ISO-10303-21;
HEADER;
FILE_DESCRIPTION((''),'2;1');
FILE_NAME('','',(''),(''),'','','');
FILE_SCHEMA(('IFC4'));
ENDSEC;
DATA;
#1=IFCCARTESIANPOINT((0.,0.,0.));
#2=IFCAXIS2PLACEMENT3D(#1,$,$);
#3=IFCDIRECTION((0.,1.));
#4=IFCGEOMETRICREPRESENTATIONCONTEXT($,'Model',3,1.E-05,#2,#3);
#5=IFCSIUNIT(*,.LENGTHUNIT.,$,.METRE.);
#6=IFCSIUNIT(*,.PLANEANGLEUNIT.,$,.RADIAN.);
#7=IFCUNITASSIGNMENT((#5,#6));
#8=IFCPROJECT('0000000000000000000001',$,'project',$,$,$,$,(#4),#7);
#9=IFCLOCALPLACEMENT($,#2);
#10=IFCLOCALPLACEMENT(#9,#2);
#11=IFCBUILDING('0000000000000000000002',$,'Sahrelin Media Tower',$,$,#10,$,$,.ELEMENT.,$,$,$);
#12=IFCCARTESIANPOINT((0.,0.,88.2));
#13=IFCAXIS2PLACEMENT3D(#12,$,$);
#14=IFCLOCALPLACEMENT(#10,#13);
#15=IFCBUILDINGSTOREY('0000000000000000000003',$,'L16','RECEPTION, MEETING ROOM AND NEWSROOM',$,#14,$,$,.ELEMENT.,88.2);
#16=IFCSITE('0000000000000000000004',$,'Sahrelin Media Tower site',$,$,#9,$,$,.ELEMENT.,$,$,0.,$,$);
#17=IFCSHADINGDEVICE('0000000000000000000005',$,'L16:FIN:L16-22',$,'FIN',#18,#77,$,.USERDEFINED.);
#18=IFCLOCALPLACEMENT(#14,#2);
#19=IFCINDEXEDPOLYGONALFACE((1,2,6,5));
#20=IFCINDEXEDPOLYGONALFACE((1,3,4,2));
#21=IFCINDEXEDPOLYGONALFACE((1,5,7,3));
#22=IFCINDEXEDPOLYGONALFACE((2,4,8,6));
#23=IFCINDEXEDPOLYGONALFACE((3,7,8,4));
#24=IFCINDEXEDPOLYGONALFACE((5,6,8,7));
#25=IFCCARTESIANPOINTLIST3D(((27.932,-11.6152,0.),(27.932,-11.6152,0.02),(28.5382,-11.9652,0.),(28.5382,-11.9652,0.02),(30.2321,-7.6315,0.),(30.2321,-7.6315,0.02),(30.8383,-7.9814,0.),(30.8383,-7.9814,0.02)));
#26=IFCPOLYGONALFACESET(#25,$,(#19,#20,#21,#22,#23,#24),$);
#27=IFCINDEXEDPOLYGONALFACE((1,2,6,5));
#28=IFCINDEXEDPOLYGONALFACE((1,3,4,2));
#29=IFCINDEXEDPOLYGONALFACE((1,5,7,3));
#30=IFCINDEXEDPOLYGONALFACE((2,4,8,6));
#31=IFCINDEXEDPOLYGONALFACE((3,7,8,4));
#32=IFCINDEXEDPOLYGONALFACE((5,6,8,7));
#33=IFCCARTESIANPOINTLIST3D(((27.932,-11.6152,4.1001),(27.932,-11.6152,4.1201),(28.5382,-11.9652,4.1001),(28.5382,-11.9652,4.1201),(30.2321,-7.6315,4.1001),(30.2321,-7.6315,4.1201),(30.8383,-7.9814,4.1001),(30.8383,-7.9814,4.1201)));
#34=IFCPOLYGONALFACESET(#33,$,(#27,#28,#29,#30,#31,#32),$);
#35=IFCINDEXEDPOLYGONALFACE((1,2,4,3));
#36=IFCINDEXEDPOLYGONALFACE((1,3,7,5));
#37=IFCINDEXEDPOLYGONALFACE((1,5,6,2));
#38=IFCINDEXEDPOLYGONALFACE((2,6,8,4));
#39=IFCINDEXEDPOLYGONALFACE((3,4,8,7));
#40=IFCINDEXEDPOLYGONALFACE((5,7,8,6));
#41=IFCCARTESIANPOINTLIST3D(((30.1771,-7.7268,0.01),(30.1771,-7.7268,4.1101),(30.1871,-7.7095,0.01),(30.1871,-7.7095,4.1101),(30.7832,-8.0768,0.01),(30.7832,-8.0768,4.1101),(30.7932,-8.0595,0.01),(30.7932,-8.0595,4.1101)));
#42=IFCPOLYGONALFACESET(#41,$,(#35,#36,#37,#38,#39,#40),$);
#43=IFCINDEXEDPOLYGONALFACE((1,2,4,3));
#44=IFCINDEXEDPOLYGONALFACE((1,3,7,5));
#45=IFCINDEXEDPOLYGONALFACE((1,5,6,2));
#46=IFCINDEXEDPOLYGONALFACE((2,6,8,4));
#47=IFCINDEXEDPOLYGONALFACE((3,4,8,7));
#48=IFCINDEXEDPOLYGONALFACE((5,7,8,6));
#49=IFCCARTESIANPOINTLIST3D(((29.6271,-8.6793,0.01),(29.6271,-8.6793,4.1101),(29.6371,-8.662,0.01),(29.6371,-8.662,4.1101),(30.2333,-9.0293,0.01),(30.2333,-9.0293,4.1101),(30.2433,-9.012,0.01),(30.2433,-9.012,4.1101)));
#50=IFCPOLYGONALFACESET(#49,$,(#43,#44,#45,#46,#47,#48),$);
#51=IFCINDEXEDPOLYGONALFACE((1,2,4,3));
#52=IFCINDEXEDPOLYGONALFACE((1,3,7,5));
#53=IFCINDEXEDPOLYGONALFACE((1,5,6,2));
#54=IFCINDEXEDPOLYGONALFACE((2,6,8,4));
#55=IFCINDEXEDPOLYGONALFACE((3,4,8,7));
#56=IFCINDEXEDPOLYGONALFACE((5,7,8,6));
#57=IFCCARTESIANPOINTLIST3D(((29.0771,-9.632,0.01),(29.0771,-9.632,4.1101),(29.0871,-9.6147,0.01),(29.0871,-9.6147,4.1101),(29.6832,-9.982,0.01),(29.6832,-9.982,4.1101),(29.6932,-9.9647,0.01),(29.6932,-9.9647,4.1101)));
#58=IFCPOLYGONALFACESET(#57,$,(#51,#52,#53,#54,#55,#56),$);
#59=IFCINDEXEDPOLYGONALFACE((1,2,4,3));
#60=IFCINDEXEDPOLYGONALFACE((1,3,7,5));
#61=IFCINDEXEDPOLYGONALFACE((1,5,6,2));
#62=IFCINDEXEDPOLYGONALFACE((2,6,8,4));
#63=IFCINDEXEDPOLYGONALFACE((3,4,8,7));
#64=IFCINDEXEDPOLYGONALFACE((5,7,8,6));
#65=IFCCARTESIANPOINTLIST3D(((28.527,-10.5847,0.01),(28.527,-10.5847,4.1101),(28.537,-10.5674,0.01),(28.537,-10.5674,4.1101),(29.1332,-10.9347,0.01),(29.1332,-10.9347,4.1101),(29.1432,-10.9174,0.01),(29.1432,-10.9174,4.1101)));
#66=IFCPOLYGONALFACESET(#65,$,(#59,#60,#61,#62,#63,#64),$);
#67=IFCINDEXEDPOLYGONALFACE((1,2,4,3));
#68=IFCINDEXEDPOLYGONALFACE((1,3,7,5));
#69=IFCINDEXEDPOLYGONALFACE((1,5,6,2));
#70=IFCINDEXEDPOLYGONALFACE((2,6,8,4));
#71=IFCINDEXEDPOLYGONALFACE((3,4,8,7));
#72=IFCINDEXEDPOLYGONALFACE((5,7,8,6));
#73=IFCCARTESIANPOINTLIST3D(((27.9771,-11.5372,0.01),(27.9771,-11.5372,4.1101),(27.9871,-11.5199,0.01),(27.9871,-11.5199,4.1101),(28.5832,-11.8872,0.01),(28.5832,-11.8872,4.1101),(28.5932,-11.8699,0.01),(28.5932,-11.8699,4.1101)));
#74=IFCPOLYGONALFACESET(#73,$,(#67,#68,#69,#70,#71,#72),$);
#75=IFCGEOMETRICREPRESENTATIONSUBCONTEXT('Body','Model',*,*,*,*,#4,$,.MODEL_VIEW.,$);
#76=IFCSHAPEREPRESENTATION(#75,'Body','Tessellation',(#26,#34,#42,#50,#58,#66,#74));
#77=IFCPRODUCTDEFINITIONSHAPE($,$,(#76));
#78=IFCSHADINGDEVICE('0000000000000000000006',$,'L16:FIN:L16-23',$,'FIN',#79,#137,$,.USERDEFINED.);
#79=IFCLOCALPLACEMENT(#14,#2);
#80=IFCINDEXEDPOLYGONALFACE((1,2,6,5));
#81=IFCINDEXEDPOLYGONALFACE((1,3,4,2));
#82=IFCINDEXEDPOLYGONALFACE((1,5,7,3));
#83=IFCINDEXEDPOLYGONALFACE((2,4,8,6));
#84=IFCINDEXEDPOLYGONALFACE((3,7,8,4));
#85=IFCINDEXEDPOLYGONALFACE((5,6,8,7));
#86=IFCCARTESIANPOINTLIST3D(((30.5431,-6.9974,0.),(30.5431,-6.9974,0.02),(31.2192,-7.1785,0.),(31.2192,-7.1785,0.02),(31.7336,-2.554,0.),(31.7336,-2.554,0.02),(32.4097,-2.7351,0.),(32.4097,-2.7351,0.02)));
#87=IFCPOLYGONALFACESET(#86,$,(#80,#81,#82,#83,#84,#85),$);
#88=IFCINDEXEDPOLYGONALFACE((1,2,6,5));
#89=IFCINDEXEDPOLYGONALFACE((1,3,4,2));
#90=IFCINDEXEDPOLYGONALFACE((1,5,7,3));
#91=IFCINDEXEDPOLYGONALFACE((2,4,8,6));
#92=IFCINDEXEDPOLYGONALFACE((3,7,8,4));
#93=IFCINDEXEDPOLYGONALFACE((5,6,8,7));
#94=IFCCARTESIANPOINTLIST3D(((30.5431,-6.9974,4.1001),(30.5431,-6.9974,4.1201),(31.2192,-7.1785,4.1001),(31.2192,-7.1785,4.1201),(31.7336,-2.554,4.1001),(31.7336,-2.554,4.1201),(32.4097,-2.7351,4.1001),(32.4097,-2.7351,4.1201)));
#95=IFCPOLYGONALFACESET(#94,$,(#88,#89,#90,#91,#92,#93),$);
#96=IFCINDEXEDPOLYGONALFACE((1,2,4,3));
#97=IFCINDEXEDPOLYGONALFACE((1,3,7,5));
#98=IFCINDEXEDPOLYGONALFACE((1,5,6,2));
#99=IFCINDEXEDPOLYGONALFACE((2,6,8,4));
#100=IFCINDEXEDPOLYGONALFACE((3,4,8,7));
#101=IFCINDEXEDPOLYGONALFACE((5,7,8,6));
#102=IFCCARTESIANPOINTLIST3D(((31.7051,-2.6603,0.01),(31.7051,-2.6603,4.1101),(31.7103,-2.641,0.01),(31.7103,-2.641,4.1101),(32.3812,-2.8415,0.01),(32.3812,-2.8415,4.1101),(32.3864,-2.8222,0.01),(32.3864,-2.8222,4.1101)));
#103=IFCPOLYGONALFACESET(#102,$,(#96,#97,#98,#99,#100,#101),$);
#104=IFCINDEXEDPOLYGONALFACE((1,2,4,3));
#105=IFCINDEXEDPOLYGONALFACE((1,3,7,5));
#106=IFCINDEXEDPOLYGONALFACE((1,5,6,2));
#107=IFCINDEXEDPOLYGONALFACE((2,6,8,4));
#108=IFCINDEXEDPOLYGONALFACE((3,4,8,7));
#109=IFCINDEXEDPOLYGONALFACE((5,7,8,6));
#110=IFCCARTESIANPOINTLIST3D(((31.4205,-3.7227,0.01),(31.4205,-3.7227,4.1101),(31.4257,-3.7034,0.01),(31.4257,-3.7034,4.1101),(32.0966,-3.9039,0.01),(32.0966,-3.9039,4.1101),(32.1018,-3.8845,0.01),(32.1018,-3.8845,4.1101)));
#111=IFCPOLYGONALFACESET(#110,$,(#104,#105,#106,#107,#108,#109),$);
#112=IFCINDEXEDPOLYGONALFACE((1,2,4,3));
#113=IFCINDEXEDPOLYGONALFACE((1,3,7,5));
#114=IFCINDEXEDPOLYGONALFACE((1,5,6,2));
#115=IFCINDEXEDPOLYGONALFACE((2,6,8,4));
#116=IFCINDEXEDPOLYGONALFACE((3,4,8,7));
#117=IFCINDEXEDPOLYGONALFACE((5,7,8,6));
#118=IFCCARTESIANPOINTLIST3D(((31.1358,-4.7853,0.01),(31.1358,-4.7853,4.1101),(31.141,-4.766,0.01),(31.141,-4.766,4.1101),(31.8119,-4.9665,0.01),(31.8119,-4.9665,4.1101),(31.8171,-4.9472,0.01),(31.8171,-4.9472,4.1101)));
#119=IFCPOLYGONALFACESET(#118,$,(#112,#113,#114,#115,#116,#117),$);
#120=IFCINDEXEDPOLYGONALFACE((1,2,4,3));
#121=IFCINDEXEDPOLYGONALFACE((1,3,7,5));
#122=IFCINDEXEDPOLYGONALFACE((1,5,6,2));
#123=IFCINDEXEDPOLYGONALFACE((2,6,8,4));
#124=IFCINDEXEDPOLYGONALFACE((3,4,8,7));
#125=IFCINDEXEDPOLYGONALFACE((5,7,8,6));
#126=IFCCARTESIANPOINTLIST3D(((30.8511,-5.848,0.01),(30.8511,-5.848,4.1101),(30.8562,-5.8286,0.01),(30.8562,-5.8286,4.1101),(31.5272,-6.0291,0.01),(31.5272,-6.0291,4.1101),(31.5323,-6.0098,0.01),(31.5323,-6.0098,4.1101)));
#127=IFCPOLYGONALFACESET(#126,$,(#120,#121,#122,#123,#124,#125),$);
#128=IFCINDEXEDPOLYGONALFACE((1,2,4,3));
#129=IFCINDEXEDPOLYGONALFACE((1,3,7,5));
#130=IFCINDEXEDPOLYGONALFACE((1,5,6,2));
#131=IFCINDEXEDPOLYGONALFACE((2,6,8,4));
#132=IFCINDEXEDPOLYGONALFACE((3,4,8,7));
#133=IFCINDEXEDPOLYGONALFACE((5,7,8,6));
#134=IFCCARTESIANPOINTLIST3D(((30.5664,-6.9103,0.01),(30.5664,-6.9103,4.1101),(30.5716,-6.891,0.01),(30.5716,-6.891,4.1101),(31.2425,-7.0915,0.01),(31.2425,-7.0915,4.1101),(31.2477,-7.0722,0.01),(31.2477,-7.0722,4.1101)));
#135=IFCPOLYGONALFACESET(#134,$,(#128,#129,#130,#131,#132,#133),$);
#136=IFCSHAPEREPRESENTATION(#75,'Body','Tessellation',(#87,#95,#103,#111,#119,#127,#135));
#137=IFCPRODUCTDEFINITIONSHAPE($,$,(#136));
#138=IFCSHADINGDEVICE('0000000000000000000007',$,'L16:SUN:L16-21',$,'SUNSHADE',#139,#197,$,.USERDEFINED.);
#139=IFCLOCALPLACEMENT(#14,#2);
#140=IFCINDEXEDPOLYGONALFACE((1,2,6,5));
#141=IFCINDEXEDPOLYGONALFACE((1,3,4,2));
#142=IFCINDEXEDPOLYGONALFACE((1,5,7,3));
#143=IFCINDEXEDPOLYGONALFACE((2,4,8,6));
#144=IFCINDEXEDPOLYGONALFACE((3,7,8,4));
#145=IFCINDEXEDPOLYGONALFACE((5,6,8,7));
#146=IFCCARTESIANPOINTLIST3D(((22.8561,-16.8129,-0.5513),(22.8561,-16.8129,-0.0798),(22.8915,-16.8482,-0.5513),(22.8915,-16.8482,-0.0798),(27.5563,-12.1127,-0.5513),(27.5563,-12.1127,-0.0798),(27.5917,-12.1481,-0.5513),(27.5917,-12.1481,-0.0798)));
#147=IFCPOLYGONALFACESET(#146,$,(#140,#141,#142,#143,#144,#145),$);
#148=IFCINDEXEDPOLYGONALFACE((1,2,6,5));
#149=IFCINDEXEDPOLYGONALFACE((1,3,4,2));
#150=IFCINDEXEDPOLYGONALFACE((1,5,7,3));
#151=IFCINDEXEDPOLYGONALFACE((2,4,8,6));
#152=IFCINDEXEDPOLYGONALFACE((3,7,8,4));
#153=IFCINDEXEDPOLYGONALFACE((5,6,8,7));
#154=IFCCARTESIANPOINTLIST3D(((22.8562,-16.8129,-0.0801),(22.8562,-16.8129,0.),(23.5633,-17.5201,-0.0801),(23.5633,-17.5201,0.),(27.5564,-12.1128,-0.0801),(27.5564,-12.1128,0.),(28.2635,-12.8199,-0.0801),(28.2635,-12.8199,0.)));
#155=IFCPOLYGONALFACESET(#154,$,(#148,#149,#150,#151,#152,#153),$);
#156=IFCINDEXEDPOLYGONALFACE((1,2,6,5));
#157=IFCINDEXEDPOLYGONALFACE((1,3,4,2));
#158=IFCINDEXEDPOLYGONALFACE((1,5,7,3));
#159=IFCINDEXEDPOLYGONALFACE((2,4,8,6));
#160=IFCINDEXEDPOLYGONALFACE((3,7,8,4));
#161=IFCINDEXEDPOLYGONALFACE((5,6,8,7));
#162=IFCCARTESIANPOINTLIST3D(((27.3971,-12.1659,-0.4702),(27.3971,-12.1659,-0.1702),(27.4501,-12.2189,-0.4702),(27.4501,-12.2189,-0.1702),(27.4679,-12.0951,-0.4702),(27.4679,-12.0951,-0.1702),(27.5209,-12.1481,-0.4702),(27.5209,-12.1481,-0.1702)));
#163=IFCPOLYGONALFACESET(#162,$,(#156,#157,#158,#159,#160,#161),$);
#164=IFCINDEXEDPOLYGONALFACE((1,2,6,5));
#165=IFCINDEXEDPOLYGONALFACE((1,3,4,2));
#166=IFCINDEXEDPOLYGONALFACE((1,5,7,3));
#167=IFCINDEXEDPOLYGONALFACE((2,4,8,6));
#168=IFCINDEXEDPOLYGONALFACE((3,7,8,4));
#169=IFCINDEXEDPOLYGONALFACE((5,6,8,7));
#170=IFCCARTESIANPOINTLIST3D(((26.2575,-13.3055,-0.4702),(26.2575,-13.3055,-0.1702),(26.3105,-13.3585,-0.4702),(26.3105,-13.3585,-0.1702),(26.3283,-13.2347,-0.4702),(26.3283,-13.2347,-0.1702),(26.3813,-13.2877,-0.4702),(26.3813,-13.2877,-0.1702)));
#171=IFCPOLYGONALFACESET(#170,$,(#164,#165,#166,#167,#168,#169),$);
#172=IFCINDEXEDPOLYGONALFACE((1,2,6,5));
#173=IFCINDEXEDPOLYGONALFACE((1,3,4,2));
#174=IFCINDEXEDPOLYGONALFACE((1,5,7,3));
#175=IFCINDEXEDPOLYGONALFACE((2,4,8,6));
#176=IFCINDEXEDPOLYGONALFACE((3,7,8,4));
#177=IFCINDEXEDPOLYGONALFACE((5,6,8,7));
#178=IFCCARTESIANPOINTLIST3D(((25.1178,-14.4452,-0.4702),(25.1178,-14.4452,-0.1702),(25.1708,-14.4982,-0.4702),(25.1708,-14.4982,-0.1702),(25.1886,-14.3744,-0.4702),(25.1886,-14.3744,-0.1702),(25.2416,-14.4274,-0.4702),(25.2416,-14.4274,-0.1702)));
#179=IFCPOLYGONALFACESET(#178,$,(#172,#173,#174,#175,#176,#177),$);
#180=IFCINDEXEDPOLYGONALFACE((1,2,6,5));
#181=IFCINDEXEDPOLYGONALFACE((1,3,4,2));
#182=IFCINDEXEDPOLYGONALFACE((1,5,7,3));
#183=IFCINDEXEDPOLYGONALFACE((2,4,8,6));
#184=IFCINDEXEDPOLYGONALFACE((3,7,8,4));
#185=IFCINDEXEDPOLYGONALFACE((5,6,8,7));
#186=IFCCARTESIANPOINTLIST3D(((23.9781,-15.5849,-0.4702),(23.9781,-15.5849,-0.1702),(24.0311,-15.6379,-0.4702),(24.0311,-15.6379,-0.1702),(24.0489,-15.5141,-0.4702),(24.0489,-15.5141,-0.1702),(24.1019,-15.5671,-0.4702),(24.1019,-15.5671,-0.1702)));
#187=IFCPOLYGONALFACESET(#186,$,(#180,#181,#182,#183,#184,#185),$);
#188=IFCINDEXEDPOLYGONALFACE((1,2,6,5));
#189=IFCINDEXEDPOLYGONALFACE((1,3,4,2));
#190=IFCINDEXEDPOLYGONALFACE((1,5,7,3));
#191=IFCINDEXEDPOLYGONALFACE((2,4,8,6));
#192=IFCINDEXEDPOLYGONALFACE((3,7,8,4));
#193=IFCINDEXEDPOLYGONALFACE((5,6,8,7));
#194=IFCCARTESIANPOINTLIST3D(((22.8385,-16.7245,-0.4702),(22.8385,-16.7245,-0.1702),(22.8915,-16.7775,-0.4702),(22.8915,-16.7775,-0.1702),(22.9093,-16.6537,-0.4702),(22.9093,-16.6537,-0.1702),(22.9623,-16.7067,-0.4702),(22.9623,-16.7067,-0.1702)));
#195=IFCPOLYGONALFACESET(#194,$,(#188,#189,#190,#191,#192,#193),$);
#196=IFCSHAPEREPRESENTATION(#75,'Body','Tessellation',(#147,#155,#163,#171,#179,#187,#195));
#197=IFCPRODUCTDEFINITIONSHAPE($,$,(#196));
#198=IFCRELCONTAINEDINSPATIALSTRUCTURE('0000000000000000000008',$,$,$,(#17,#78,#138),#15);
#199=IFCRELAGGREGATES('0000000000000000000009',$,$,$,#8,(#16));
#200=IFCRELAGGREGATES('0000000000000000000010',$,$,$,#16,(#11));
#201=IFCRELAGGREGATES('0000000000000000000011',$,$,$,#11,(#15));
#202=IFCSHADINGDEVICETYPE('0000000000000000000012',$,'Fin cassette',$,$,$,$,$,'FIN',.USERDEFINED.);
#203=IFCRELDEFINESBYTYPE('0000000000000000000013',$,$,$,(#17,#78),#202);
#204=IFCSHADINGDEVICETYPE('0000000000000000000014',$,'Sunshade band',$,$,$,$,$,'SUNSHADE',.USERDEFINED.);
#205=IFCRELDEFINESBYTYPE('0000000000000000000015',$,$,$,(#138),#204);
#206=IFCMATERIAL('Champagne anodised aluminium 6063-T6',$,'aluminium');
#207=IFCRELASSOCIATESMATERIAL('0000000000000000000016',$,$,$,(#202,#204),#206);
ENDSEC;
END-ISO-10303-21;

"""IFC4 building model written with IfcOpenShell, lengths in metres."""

from ifc_helpers import new_model, si_unit, direction, frame, origin, origin_2d, place, context, subcontext, project, spatial, rectangle, extrude, material, type_object, element, save


model = new_model("IFC4")

# Units and contexts
model_context = context("Model", 3, precision=1e-05, world=origin(), true_north=direction((0.0, 1.0)))
body_context = subcontext(model_context, "Body", "Model", "MODEL_VIEW")
ifc_project = project(units=[si_unit("LENGTHUNIT", "METRE"), si_unit("PLANEANGLEUNIT", "RADIAN")], contexts=[model_context])

# Site, building, storey
site_placement = place(None, origin())
site = spatial("IfcSite", under=ifc_project, at=site_placement, Name="Sahrelin Media Tower site", CompositionType="ELEMENT", RefElevation=0.0)
building_placement = place(site_placement, origin())
building = spatial("IfcBuilding", under=site, at=building_placement, Name="Sahrelin Media Tower", CompositionType="ELEMENT")
storey_placement = place(building_placement, frame((0.0, 0.0, 88.2)))
storey = spatial("IfcBuildingStorey", under=building, at=storey_placement, Name="L16", Description="RECEPTION, MEETING ROOM AND NEWSROOM", CompositionType="ELEMENT", Elevation=88.2)

# Shared definitions
ifc_material_1 = material(Name="Champagne anodised aluminium 6063-T6", Category="aluminium")

# Shading devices
shading_device_type_1 = type_object("IfcShadingDeviceType", Name="Fin cassette", ElementType="FIN", PredefinedType="USERDEFINED", material=ifc_material_1)
placement_1 = place(storey_placement, frame((25.1921, -14.4487, 0.0), z_axis=(0.0, 0.0, 1.0), x_axis=(-0.707107, -0.707107, 0.0)))
placement_2 = place(storey_placement, frame((29.0215, -9.5884, 0.0), z_axis=(0.0, 0.0, 1.0), x_axis=(-0.500011, -0.866019, 0.0)))
element("IfcShadingDevice", 1, at=placement_2, inside=storey, type_object=shading_device_type_1, Name="L16:FIN:L16-22", ObjectType="FIN", PredefinedType="USERDEFINED", context=body_context, shape_type="SweptSolid", body=[
    extrude(rectangle(XDim=4.6001, YDim=0.7, at=origin_2d()), frame((0.0, 0.4199, 0.0)), (0.0, 0.0, 1.0), 0.02),
    extrude(rectangle(XDim=4.6001, YDim=0.7, at=origin_2d()), frame((0.0, 0.4199, 4.1001)), (0.0, 0.0, 1.0), 0.02),
    extrude(rectangle(XDim=0.02, YDim=0.7, at=origin_2d()), frame((-2.2, 0.4199, 0.01), z_axis=(0.0, 0.0, 1.0), x_axis=(1.0, 0.0, 0.0)), (0.0, 0.0, 1.0), 4.1001),
    extrude(rectangle(XDim=0.02, YDim=0.7, at=origin_2d()), frame((-1.1001, 0.4199, 0.01), z_axis=(0.0, 0.0, 1.0), x_axis=(1.0, 0.0, 0.0)), (0.0, 0.0, 1.0), 4.1001),
    extrude(rectangle(XDim=0.02, YDim=0.7, at=origin_2d()), frame((0.0, 0.4199, 0.01), z_axis=(0.0, 0.0, 1.0), x_axis=(1.0, 0.0, 0.0)), (0.0, 0.0, 1.0), 4.1001),
    extrude(rectangle(XDim=0.02, YDim=0.7, at=origin_2d()), frame((1.1001, 0.4199, 0.01), z_axis=(0.0, 0.0, 1.0), x_axis=(1.0, 0.0, 0.0)), (0.0, 0.0, 1.0), 4.1001),
    extrude(rectangle(XDim=0.02, YDim=0.7, at=origin_2d()), frame((2.2, 0.4199, 0.01), z_axis=(0.0, 0.0, 1.0), x_axis=(1.0, 0.0, 0.0)), (0.0, 0.0, 1.0), 4.1001),
])
placement_3 = place(storey_placement, frame((31.0708, -4.7576, 0.0), z_axis=(0.0, 0.0, 1.0), x_axis=(-0.258808, -0.965929, 0.0)))
element("IfcShadingDevice", 2, at=placement_3, inside=storey, type_object=shading_device_type_1, Name="L16:FIN:L16-23", ObjectType="FIN", PredefinedType="USERDEFINED", context=body_context, shape_type="SweptSolid", body=[
    extrude(rectangle(XDim=4.6001, YDim=0.7, at=origin_2d()), frame((0.0, 0.4199, 0.0)), (0.0, 0.0, 1.0), 0.02),
    extrude(rectangle(XDim=4.6001, YDim=0.7, at=origin_2d()), frame((0.0, 0.4199, 4.1001)), (0.0, 0.0, 1.0), 0.02),
    extrude(rectangle(XDim=0.02, YDim=0.7, at=origin_2d()), frame((-2.2, 0.4199, 0.01), z_axis=(0.0, 0.0, 1.0), x_axis=(1.0, 0.0, 0.0)), (0.0, 0.0, 1.0), 4.1001),
    extrude(rectangle(XDim=0.02, YDim=0.7, at=origin_2d()), frame((-1.1001, 0.4199, 0.01), z_axis=(0.0, 0.0, 1.0), x_axis=(1.0, 0.0, 0.0)), (0.0, 0.0, 1.0), 4.1001),
    extrude(rectangle(XDim=0.02, YDim=0.7, at=origin_2d()), frame((0.0, 0.4199, 0.01), z_axis=(0.0, 0.0, 1.0), x_axis=(1.0, 0.0, 0.0)), (0.0, 0.0, 1.0), 4.1001),
    extrude(rectangle(XDim=0.02, YDim=0.7, at=origin_2d()), frame((1.1001, 0.4199, 0.01), z_axis=(0.0, 0.0, 1.0), x_axis=(1.0, 0.0, 0.0)), (0.0, 0.0, 1.0), 4.1001),
    extrude(rectangle(XDim=0.02, YDim=0.7, at=origin_2d()), frame((2.2, 0.4199, 0.01), z_axis=(0.0, 0.0, 1.0), x_axis=(1.0, 0.0, 0.0)), (0.0, 0.0, 1.0), 4.1001),
])
shading_device_type_2 = type_object("IfcShadingDeviceType", Name="Sunshade band", ElementType="SUNSHADE", PredefinedType="USERDEFINED", material=ifc_material_1)
element("IfcShadingDevice", 3, at=placement_1, inside=storey, type_object=shading_device_type_2, Name="L16:SUN:L16-21", ObjectType="SUNSHADE", PredefinedType="USERDEFINED", context=body_context, shape_type="SweptSolid", body=[
    extrude(rectangle(XDim=6.647, YDim=0.05, at=origin_2d()), frame((0.0, 0.0449, -0.5513)), (0.0, 0.0, 1.0), 0.4714),
    extrude(rectangle(XDim=6.647, YDim=1.0, at=origin_2d()), frame((0.0, 0.52, -0.0801)), (0.0, 0.0, 1.0), 0.0801),
    extrude(rectangle(XDim=0.1001, YDim=0.075, at=origin_2d()), frame((-3.2234, -0.0176, -0.4702)), (0.0, 0.0, 1.0), 0.3),
    extrude(rectangle(XDim=0.1001, YDim=0.075, at=origin_2d()), frame((-1.6118, -0.0176, -0.4702)), (0.0, 0.0, 1.0), 0.3),
    extrude(rectangle(XDim=0.1001, YDim=0.075, at=origin_2d()), frame((0.0, -0.0176, -0.4702)), (0.0, 0.0, 1.0), 0.3),
    extrude(rectangle(XDim=0.1001, YDim=0.075, at=origin_2d()), frame((1.6118, -0.0176, -0.4702)), (0.0, 0.0, 1.0), 0.3),
    extrude(rectangle(XDim=0.1001, YDim=0.075, at=origin_2d()), frame((3.2234, -0.0176, -0.4702)), (0.0, 0.0, 1.0), 0.3),
])

save(model, "model.ifc")
